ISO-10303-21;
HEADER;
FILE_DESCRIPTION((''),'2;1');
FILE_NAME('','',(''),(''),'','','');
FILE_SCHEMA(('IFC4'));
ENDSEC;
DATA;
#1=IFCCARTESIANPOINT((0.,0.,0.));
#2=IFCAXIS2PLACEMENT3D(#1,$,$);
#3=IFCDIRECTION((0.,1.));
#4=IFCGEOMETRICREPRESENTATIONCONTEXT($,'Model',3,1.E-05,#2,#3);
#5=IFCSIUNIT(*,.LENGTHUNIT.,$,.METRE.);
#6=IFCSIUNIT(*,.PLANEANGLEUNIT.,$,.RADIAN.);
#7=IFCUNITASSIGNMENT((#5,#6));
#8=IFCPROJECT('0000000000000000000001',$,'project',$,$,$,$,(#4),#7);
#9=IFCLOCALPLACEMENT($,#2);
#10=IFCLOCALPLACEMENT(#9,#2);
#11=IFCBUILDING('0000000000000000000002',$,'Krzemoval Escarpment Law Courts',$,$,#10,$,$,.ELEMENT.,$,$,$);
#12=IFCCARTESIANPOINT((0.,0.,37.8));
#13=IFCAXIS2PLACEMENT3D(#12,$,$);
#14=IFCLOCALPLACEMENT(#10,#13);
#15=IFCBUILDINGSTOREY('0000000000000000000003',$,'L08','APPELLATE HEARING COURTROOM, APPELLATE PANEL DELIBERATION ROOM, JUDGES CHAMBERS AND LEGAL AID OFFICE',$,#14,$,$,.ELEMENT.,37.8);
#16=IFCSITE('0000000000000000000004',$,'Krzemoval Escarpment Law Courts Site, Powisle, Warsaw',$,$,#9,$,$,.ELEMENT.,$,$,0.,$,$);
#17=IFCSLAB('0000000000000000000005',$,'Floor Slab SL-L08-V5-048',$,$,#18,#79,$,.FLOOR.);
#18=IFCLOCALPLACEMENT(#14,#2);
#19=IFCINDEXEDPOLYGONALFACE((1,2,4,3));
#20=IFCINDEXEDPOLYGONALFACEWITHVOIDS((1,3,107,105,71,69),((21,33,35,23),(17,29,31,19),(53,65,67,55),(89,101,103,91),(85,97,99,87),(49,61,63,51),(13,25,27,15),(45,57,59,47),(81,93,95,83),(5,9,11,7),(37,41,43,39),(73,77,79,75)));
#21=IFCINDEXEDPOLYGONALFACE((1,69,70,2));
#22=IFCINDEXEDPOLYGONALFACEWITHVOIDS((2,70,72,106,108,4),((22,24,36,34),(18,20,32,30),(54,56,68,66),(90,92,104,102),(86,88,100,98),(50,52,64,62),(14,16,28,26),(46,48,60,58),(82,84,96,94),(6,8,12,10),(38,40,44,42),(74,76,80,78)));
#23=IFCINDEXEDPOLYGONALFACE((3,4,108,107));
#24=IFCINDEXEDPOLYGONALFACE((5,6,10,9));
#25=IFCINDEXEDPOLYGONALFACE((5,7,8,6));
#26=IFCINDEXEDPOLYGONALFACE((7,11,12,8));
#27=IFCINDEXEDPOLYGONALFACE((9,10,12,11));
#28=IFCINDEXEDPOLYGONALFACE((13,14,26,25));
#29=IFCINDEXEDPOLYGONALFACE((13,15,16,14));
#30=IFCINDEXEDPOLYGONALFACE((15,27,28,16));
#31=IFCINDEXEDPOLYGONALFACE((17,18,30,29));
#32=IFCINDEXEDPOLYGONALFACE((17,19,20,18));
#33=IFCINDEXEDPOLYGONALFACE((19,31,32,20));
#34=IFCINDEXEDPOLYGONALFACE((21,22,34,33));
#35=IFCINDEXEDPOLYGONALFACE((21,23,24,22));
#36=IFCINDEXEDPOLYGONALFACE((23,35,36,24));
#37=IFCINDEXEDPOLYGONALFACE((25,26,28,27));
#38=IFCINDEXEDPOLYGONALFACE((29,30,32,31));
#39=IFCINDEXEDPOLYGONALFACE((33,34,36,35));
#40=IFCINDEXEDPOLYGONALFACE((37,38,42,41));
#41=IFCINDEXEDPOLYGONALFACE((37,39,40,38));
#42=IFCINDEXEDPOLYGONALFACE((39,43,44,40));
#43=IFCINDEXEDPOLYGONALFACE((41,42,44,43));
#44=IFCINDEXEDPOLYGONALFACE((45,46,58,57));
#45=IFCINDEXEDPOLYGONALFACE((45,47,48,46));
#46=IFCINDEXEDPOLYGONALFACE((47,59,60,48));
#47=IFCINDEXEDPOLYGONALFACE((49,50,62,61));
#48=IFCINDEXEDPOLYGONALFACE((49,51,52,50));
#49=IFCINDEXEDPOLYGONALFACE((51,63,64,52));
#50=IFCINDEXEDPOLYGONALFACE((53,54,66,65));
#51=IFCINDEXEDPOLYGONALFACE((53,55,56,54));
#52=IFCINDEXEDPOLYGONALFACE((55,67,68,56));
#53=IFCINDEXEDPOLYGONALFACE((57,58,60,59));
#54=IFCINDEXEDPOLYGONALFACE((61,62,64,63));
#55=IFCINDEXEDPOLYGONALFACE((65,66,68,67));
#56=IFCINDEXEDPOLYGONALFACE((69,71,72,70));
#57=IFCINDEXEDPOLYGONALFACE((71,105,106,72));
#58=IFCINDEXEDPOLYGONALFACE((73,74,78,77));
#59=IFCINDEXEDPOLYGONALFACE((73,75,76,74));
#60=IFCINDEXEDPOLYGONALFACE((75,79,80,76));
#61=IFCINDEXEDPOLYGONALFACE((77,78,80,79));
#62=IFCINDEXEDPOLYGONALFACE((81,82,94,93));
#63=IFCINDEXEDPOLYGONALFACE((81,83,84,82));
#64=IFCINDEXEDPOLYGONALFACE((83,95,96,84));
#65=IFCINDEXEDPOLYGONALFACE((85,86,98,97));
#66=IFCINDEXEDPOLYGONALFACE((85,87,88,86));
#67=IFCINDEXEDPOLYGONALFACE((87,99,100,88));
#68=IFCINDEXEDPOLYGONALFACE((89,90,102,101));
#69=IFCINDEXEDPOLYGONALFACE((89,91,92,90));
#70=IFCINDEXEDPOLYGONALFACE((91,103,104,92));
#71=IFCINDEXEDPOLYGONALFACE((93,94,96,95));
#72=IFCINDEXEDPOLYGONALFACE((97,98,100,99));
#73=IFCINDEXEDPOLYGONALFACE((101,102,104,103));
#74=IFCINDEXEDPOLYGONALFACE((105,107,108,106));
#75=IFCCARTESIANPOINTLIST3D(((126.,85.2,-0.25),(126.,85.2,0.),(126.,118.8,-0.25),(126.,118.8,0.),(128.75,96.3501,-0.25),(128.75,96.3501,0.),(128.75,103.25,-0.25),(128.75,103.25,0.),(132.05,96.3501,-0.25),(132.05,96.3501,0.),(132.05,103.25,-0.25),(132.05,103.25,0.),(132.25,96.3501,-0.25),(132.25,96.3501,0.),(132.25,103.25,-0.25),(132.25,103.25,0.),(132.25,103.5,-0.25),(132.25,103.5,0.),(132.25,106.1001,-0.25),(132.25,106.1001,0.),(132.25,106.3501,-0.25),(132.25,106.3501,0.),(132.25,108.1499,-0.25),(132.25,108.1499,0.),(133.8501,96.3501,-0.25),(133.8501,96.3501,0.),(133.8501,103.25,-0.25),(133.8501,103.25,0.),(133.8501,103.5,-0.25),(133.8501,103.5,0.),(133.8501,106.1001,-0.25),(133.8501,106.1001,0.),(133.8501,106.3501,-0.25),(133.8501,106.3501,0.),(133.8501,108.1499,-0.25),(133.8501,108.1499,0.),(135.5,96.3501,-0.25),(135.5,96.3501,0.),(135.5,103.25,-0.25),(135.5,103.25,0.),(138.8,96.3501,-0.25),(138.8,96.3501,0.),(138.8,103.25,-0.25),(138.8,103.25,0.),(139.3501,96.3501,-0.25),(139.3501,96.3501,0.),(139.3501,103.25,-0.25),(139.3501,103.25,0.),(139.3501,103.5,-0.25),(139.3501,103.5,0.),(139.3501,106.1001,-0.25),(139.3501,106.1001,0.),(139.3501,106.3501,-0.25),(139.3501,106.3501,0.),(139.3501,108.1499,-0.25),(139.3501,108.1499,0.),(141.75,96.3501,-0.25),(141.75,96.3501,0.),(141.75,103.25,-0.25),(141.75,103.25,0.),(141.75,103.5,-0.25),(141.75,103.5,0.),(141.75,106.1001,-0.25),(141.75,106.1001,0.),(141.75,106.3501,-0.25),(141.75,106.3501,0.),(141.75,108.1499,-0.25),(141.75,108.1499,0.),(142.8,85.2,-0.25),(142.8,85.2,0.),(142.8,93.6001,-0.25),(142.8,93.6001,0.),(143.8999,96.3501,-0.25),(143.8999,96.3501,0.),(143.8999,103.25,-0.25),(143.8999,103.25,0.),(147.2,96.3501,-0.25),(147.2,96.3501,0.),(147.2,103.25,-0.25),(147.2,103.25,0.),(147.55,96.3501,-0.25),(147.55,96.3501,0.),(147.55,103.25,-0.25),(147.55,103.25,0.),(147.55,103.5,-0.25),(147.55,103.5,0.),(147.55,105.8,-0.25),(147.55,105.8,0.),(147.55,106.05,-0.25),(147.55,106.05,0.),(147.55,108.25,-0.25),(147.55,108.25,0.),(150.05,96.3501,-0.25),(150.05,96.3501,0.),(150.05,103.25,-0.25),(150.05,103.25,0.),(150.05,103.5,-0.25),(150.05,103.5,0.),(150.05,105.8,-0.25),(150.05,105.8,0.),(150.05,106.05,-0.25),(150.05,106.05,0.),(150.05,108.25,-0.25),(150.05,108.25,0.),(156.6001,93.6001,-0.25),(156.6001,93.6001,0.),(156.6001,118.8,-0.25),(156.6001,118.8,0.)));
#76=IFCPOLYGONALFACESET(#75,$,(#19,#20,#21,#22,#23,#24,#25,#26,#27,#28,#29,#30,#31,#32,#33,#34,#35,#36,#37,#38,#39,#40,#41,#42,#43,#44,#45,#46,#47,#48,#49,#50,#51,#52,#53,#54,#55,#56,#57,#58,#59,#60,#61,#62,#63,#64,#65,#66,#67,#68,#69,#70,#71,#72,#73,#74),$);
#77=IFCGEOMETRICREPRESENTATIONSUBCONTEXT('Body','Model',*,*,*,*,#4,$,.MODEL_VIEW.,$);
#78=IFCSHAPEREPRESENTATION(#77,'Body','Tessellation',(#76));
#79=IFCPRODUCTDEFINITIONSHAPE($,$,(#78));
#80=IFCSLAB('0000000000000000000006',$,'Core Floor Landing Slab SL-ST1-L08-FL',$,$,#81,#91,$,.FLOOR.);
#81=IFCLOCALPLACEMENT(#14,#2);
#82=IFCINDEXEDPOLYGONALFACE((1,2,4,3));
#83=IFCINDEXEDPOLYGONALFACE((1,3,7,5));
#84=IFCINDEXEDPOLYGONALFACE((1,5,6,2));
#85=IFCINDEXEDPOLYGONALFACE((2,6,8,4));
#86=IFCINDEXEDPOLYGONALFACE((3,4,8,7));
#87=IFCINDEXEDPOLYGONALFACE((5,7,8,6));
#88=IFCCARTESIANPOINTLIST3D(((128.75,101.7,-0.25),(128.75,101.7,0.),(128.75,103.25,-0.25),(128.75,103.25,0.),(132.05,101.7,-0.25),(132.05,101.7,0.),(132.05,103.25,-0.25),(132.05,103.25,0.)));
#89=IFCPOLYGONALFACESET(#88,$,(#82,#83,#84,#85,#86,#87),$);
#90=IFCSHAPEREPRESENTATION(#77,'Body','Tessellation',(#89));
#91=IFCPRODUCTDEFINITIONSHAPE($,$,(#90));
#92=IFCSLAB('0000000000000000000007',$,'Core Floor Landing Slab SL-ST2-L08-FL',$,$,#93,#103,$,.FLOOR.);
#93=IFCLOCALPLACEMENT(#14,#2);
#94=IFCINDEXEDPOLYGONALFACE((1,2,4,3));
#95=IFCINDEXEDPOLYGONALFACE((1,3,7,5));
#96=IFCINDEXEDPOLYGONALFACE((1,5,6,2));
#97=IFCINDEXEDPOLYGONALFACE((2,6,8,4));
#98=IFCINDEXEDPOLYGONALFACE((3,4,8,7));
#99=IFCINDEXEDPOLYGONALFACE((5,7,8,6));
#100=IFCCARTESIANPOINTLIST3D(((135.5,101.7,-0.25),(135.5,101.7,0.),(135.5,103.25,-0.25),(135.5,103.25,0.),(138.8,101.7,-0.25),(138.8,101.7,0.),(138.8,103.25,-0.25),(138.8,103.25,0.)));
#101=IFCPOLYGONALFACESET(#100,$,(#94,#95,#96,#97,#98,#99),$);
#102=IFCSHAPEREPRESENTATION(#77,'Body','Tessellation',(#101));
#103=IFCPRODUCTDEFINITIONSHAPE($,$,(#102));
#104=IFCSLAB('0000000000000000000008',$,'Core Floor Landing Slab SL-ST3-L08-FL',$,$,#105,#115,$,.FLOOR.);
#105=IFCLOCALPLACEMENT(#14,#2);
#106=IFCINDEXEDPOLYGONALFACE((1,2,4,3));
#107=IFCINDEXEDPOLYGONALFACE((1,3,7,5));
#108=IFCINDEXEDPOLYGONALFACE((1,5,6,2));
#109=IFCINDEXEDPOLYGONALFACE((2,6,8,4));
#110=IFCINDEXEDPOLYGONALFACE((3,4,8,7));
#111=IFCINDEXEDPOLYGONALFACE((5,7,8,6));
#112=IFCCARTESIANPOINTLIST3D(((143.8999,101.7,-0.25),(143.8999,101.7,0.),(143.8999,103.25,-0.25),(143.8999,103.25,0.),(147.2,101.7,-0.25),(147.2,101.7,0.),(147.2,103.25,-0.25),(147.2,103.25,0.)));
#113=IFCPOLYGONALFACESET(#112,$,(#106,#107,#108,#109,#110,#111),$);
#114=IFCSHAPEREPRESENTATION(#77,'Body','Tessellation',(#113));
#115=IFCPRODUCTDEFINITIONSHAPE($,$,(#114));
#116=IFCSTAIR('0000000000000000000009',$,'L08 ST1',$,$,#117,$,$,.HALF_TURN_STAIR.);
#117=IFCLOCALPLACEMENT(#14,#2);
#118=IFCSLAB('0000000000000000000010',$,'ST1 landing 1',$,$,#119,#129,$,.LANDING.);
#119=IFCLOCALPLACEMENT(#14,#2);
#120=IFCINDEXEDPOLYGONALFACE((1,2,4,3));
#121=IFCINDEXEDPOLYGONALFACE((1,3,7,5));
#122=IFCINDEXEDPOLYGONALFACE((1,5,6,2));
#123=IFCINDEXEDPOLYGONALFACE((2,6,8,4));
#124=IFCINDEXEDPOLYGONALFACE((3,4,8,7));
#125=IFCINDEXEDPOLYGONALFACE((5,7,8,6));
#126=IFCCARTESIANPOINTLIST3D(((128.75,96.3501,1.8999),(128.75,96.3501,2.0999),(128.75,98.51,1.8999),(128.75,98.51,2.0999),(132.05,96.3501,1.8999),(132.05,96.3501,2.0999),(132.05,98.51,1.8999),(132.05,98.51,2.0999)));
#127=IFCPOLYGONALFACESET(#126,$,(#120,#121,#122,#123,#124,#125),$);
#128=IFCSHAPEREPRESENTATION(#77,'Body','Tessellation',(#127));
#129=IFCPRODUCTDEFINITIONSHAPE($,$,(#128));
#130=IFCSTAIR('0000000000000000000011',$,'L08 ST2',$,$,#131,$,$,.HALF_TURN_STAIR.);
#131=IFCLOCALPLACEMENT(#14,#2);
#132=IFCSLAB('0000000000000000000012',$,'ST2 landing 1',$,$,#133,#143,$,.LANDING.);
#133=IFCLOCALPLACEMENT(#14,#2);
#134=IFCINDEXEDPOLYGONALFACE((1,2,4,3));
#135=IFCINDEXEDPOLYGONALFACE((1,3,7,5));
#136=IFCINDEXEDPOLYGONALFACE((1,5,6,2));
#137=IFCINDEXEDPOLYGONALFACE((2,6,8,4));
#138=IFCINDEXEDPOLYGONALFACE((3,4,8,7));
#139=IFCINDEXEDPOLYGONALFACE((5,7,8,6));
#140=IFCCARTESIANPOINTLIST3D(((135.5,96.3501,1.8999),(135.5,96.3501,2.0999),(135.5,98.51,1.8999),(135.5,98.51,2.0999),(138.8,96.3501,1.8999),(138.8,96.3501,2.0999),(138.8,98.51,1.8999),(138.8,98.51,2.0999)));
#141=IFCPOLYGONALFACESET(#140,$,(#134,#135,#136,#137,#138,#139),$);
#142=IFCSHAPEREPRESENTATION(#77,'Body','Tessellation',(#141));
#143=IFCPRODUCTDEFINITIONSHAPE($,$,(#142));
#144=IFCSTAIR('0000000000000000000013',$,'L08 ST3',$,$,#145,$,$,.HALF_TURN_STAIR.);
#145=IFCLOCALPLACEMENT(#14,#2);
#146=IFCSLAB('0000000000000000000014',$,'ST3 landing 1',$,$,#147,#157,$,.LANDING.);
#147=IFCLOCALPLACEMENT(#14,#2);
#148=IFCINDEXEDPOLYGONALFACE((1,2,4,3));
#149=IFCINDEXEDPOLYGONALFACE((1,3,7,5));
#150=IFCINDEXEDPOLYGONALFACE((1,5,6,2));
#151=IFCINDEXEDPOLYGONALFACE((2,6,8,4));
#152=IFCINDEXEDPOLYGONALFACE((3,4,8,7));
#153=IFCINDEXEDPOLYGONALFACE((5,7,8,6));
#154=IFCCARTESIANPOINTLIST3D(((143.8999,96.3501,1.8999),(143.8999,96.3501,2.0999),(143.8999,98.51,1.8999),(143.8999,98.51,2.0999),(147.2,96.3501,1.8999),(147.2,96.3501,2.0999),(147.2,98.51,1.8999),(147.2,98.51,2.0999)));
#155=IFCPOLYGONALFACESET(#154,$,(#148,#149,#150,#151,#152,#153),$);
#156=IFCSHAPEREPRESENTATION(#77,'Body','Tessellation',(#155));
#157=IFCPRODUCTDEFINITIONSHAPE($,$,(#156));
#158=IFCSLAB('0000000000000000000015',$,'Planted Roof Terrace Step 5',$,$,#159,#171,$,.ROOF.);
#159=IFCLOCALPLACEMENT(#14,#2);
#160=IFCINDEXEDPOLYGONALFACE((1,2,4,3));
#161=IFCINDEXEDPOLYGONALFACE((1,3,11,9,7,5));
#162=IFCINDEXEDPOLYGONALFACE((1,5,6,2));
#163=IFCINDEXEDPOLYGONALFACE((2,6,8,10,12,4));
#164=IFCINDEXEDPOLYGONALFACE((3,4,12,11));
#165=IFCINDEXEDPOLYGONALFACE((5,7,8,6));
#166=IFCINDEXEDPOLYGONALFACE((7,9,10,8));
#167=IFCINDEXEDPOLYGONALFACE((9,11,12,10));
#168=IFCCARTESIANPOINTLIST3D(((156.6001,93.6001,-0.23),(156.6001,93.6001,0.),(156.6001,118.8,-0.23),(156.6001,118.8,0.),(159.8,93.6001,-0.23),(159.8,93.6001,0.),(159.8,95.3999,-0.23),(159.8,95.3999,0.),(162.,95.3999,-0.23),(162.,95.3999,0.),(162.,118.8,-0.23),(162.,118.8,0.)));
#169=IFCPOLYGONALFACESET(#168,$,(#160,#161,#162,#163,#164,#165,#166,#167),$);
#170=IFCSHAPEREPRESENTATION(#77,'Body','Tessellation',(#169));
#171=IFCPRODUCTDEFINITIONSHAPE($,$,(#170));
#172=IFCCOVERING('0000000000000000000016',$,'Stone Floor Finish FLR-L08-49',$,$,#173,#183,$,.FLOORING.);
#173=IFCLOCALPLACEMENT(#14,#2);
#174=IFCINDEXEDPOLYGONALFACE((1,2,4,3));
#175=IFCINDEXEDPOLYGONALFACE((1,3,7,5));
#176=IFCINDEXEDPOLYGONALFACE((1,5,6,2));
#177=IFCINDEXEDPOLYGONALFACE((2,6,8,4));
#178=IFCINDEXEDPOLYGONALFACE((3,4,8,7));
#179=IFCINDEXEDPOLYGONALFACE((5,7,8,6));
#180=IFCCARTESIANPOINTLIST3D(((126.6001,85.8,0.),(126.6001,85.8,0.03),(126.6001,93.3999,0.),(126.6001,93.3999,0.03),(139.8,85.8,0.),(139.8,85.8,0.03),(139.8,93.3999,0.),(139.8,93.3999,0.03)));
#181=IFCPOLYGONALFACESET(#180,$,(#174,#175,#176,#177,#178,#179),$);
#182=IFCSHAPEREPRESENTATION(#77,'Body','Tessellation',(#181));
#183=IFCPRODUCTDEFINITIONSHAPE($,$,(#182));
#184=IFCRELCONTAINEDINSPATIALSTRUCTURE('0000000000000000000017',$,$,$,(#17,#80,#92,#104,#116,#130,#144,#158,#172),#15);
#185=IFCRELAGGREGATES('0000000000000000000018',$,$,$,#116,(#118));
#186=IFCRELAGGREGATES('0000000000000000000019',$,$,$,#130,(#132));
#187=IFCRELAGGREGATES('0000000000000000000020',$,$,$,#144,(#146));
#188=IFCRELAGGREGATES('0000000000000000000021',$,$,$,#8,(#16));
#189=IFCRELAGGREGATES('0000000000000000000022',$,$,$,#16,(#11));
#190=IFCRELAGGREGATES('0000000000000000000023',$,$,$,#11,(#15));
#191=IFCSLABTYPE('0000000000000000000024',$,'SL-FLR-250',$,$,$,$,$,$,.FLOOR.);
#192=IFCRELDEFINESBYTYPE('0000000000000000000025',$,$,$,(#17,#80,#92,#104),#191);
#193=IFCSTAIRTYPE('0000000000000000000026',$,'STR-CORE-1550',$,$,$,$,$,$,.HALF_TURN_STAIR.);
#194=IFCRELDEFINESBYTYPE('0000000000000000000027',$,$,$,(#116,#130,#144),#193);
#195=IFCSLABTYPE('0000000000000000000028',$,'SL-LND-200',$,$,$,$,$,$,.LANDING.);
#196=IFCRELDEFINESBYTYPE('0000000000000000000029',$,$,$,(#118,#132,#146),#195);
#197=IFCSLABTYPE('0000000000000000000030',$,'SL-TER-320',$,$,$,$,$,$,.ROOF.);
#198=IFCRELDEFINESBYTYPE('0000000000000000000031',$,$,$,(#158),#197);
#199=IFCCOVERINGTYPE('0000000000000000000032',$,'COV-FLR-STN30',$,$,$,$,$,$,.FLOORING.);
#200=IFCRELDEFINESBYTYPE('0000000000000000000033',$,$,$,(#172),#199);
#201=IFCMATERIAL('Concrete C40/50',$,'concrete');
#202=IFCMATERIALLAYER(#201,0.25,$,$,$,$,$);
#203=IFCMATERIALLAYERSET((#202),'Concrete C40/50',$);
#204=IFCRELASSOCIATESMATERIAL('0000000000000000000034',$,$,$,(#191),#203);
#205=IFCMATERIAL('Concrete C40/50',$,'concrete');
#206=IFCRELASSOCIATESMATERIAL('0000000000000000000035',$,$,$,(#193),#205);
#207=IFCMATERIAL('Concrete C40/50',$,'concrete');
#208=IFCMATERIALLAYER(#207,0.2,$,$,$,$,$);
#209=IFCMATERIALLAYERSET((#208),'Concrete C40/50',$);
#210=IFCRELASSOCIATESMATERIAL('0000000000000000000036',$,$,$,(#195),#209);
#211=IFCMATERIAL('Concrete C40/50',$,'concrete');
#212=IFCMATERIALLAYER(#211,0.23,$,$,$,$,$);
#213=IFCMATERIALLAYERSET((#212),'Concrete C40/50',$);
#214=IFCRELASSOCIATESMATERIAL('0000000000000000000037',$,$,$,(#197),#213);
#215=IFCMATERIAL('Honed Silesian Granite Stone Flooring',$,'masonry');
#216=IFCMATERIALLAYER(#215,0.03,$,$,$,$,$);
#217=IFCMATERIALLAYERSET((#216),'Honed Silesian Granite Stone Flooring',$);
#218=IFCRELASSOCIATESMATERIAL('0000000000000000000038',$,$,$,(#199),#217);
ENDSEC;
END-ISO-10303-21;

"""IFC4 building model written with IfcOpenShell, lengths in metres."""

from ifc_helpers import new_model, si_unit, direction, frame, origin, place, context, subcontext, project, spatial, polyline, outline, extrude, material, layer, layer_set, type_object, element, aggregate, save


model = new_model("IFC4")

# Units and contexts
model_context = context("Model", 3, precision=1e-05, world=origin(), true_north=direction((0.0, 1.0)))
body_context = subcontext(model_context, "Body", "Model", "MODEL_VIEW")
ifc_project = project(units=[si_unit("LENGTHUNIT", "METRE"), si_unit("PLANEANGLEUNIT", "RADIAN")], contexts=[model_context])

# Site, building, storey
site_placement = place(None, origin())
site = spatial("IfcSite", under=ifc_project, at=site_placement, Name="Krzemoval Escarpment Law Courts Site, Powisle, Warsaw", CompositionType="ELEMENT", RefElevation=0.0)
building_placement = place(site_placement, origin())
building = spatial("IfcBuilding", under=site, at=building_placement, Name="Krzemoval Escarpment Law Courts", CompositionType="ELEMENT")
storey_placement = place(building_placement, frame((0.0, 0.0, 37.8)))
storey = spatial("IfcBuildingStorey", under=building, at=storey_placement, Name="L08", Description="APPELLATE HEARING COURTROOM, APPELLATE PANEL DELIBERATION ROOM, JUDGES CHAMBERS AND LEGAL AID OFFICE", CompositionType="ELEMENT", Elevation=37.8)

# Slabs
ifc_material_1 = material(Name="Concrete C40/50", Category="concrete")
ifc_layer_1 = layer(ifc_material_1, 0.25)
ifc_layer_set_1 = layer_set([ifc_layer_1], Name="Concrete C40/50")
slab_type_1 = type_object("IfcSlabType", Name="SL-FLR-250", PredefinedType="FLOOR", material=ifc_layer_set_1)
slab_1_placement = place(storey_placement, frame((0.0, 0.0, -0.25)))
element("IfcSlab", 1, at=slab_1_placement, inside=storey, type_object=slab_type_1, Name="Floor Slab SL-L08-V5-048", PredefinedType="FLOOR", context=body_context, shape_type="SweptSolid", body=[
    extrude(outline(polyline([(142.8, 93.6001), (142.8, 85.2), (126.0, 85.2), (126.0, 118.8), (156.6001, 118.8), (156.6001, 93.6001), (142.8, 93.6001)]), holes=[polyline([(133.8501, 103.5), (133.8501, 106.1001), (132.25, 106.1001), (132.25, 103.5), (133.8501, 103.5)]), polyline([(132.25, 106.3501), (133.8501, 106.3501), (133.8501, 108.1499), (132.25, 108.1499), (132.25, 106.3501)]), polyline([(132.25, 103.25), (132.25, 96.3501), (133.8501, 96.3501), (133.8501, 103.25), (132.25, 103.25)]), polyline([(141.75, 106.1001), (139.3501, 106.1001), (139.3501, 103.5), (141.75, 103.5), (141.75, 106.1001)]), polyline([(141.75, 106.3501), (141.75, 108.1499), (139.3501, 108.1499), (139.3501, 106.3501), (141.75, 106.3501)]), polyline([(139.3501, 96.3501), (141.75, 96.3501), (141.75, 103.25), (139.3501, 103.25), (139.3501, 96.3501)]), polyline([(147.55, 105.8), (147.55, 103.5), (150.05, 103.5), (150.05, 105.8), (147.55, 105.8)]), polyline([(150.05, 108.25), (147.55, 108.25), (147.55, 106.05), (150.05, 106.05), (150.05, 108.25)]), polyline([(150.05, 96.3501), (150.05, 103.25), (147.55, 103.25), (147.55, 96.3501), (150.05, 96.3501)]), polyline([(128.75, 96.3501), (132.05, 96.3501), (132.05, 103.25), (128.75, 103.25), (128.75, 96.3501)]), polyline([(135.5, 103.25), (135.5, 96.3501), (138.8, 96.3501), (138.8, 103.25), (135.5, 103.25)]), polyline([(147.2, 103.25), (143.8999, 103.25), (143.8999, 96.3501), (147.2, 96.3501), (147.2, 103.25)])]), origin(), (0.0, 0.0, 1.0), 0.25),
])
slab_2_placement = place(storey_placement, frame((0.0, 0.0, -0.25)))
element("IfcSlab", 2, at=slab_2_placement, inside=storey, type_object=slab_type_1, Name="Core Floor Landing Slab SL-ST1-L08-FL", PredefinedType="FLOOR", context=body_context, shape_type="SweptSolid", body=[
    extrude(outline(polyline([(128.75, 103.25), (128.75, 101.7), (132.05, 101.7), (132.05, 103.25), (128.75, 103.25)])), origin(), (0.0, 0.0, 1.0), 0.25),
])
slab_3_placement = place(storey_placement, frame((0.0, 0.0, -0.25)))
element("IfcSlab", 3, at=slab_3_placement, inside=storey, type_object=slab_type_1, Name="Core Floor Landing Slab SL-ST2-L08-FL", PredefinedType="FLOOR", context=body_context, shape_type="SweptSolid", body=[
    extrude(outline(polyline([(135.5, 103.25), (135.5, 101.7), (138.8, 101.7), (138.8, 103.25), (135.5, 103.25)])), origin(), (0.0, 0.0, 1.0), 0.25),
])
slab_4_placement = place(storey_placement, frame((0.0, 0.0, -0.25)))
element("IfcSlab", 4, at=slab_4_placement, inside=storey, type_object=slab_type_1, Name="Core Floor Landing Slab SL-ST3-L08-FL", PredefinedType="FLOOR", context=body_context, shape_type="SweptSolid", body=[
    extrude(outline(polyline([(143.8999, 103.25), (143.8999, 101.7), (147.2, 101.7), (147.2, 103.25), (143.8999, 103.25)])), origin(), (0.0, 0.0, 1.0), 0.25),
])

# Stairs, slabs
ifc_material_2 = material(Name="Concrete C40/50", Category="concrete")
stair_type = type_object("IfcStairType", Name="STR-CORE-1550", PredefinedType="HALF_TURN_STAIR", material=ifc_material_2)
stair_1_placement = place(storey_placement, origin())
stair_1 = element("IfcStair", 5, at=stair_1_placement, inside=storey, type_object=stair_type, Name="L08 ST1", PredefinedType="HALF_TURN_STAIR")
ifc_material_3 = material(Name="Concrete C40/50", Category="concrete")
ifc_layer_2 = layer(ifc_material_3, 0.2)
ifc_layer_set_2 = layer_set([ifc_layer_2], Name="Concrete C40/50")
slab_type_2 = type_object("IfcSlabType", Name="SL-LND-200", PredefinedType="LANDING", material=ifc_layer_set_2)
slab_5_placement = place(storey_placement, frame((0.0, 0.0, 1.8999)))
slab_5 = element("IfcSlab", 6, at=slab_5_placement, type_object=slab_type_2, Name="ST1 landing 1", PredefinedType="LANDING", context=body_context, shape_type="SweptSolid", body=[
    extrude(outline(polyline([(128.75, 98.51), (128.75, 96.3501), (132.05, 96.3501), (132.05, 98.51), (128.75, 98.51)])), origin(), (0.0, 0.0, 1.0), 0.2),
])
aggregate(stair_1, [slab_5])
stair_2_placement = place(storey_placement, origin())
stair_2 = element("IfcStair", 7, at=stair_2_placement, inside=storey, type_object=stair_type, Name="L08 ST2", PredefinedType="HALF_TURN_STAIR")
slab_6_placement = place(storey_placement, frame((0.0, 0.0, 1.8999)))
slab_6 = element("IfcSlab", 8, at=slab_6_placement, type_object=slab_type_2, Name="ST2 landing 1", PredefinedType="LANDING", context=body_context, shape_type="SweptSolid", body=[
    extrude(outline(polyline([(135.5, 98.51), (135.5, 96.3501), (138.8, 96.3501), (138.8, 98.51), (135.5, 98.51)])), origin(), (0.0, 0.0, 1.0), 0.2),
])
aggregate(stair_2, [slab_6])
stair_3_placement = place(storey_placement, origin())
stair_3 = element("IfcStair", 9, at=stair_3_placement, inside=storey, type_object=stair_type, Name="L08 ST3", PredefinedType="HALF_TURN_STAIR")
slab_7_placement = place(storey_placement, frame((0.0, 0.0, 1.8999)))
slab_7 = element("IfcSlab", 10, at=slab_7_placement, type_object=slab_type_2, Name="ST3 landing 1", PredefinedType="LANDING", context=body_context, shape_type="SweptSolid", body=[
    extrude(outline(polyline([(143.8999, 98.51), (143.8999, 96.3501), (147.2, 96.3501), (147.2, 98.51), (143.8999, 98.51)])), origin(), (0.0, 0.0, 1.0), 0.2),
])
aggregate(stair_3, [slab_7])

# Slab
ifc_material_4 = material(Name="Concrete C40/50", Category="concrete")
ifc_layer_3 = layer(ifc_material_4, 0.23)
ifc_layer_set_3 = layer_set([ifc_layer_3], Name="Concrete C40/50")
slab_type_3 = type_object("IfcSlabType", Name="SL-TER-320", PredefinedType="ROOF", material=ifc_layer_set_3)
slab_8_placement = place(storey_placement, frame((0.0, 0.0, -0.23)))
element("IfcSlab", 11, at=slab_8_placement, inside=storey, type_object=slab_type_3, Name="Planted Roof Terrace Step 5", PredefinedType="ROOF", context=body_context, shape_type="SweptSolid", body=[
    extrude(outline(polyline([(156.6001, 118.8), (162.0, 118.8), (162.0, 95.3999), (159.8, 95.3999), (159.8, 93.6001), (156.6001, 93.6001), (156.6001, 118.8)])), origin(), (0.0, 0.0, 1.0), 0.23),
])

# Covering
ifc_material_5 = material(Name="Honed Silesian Granite Stone Flooring", Category="masonry")
ifc_layer_4 = layer(ifc_material_5, 0.03)
ifc_layer_set_4 = layer_set([ifc_layer_4], Name="Honed Silesian Granite Stone Flooring")
covering_type = type_object("IfcCoveringType", Name="COV-FLR-STN30", PredefinedType="FLOORING", material=ifc_layer_set_4)
covering_1_placement = place(storey_placement, origin())
element("IfcCovering", 12, at=covering_1_placement, inside=storey, type_object=covering_type, Name="Stone Floor Finish FLR-L08-49", PredefinedType="FLOORING", context=body_context, shape_type="SweptSolid", body=[
    extrude(outline(polyline([(126.6001, 85.8), (126.6001, 93.3999), (139.8, 93.3999), (139.8, 85.8), (126.6001, 85.8)])), origin(), (0.0, 0.0, 1.0), 0.03),
])

save(model, "model.ifc")
